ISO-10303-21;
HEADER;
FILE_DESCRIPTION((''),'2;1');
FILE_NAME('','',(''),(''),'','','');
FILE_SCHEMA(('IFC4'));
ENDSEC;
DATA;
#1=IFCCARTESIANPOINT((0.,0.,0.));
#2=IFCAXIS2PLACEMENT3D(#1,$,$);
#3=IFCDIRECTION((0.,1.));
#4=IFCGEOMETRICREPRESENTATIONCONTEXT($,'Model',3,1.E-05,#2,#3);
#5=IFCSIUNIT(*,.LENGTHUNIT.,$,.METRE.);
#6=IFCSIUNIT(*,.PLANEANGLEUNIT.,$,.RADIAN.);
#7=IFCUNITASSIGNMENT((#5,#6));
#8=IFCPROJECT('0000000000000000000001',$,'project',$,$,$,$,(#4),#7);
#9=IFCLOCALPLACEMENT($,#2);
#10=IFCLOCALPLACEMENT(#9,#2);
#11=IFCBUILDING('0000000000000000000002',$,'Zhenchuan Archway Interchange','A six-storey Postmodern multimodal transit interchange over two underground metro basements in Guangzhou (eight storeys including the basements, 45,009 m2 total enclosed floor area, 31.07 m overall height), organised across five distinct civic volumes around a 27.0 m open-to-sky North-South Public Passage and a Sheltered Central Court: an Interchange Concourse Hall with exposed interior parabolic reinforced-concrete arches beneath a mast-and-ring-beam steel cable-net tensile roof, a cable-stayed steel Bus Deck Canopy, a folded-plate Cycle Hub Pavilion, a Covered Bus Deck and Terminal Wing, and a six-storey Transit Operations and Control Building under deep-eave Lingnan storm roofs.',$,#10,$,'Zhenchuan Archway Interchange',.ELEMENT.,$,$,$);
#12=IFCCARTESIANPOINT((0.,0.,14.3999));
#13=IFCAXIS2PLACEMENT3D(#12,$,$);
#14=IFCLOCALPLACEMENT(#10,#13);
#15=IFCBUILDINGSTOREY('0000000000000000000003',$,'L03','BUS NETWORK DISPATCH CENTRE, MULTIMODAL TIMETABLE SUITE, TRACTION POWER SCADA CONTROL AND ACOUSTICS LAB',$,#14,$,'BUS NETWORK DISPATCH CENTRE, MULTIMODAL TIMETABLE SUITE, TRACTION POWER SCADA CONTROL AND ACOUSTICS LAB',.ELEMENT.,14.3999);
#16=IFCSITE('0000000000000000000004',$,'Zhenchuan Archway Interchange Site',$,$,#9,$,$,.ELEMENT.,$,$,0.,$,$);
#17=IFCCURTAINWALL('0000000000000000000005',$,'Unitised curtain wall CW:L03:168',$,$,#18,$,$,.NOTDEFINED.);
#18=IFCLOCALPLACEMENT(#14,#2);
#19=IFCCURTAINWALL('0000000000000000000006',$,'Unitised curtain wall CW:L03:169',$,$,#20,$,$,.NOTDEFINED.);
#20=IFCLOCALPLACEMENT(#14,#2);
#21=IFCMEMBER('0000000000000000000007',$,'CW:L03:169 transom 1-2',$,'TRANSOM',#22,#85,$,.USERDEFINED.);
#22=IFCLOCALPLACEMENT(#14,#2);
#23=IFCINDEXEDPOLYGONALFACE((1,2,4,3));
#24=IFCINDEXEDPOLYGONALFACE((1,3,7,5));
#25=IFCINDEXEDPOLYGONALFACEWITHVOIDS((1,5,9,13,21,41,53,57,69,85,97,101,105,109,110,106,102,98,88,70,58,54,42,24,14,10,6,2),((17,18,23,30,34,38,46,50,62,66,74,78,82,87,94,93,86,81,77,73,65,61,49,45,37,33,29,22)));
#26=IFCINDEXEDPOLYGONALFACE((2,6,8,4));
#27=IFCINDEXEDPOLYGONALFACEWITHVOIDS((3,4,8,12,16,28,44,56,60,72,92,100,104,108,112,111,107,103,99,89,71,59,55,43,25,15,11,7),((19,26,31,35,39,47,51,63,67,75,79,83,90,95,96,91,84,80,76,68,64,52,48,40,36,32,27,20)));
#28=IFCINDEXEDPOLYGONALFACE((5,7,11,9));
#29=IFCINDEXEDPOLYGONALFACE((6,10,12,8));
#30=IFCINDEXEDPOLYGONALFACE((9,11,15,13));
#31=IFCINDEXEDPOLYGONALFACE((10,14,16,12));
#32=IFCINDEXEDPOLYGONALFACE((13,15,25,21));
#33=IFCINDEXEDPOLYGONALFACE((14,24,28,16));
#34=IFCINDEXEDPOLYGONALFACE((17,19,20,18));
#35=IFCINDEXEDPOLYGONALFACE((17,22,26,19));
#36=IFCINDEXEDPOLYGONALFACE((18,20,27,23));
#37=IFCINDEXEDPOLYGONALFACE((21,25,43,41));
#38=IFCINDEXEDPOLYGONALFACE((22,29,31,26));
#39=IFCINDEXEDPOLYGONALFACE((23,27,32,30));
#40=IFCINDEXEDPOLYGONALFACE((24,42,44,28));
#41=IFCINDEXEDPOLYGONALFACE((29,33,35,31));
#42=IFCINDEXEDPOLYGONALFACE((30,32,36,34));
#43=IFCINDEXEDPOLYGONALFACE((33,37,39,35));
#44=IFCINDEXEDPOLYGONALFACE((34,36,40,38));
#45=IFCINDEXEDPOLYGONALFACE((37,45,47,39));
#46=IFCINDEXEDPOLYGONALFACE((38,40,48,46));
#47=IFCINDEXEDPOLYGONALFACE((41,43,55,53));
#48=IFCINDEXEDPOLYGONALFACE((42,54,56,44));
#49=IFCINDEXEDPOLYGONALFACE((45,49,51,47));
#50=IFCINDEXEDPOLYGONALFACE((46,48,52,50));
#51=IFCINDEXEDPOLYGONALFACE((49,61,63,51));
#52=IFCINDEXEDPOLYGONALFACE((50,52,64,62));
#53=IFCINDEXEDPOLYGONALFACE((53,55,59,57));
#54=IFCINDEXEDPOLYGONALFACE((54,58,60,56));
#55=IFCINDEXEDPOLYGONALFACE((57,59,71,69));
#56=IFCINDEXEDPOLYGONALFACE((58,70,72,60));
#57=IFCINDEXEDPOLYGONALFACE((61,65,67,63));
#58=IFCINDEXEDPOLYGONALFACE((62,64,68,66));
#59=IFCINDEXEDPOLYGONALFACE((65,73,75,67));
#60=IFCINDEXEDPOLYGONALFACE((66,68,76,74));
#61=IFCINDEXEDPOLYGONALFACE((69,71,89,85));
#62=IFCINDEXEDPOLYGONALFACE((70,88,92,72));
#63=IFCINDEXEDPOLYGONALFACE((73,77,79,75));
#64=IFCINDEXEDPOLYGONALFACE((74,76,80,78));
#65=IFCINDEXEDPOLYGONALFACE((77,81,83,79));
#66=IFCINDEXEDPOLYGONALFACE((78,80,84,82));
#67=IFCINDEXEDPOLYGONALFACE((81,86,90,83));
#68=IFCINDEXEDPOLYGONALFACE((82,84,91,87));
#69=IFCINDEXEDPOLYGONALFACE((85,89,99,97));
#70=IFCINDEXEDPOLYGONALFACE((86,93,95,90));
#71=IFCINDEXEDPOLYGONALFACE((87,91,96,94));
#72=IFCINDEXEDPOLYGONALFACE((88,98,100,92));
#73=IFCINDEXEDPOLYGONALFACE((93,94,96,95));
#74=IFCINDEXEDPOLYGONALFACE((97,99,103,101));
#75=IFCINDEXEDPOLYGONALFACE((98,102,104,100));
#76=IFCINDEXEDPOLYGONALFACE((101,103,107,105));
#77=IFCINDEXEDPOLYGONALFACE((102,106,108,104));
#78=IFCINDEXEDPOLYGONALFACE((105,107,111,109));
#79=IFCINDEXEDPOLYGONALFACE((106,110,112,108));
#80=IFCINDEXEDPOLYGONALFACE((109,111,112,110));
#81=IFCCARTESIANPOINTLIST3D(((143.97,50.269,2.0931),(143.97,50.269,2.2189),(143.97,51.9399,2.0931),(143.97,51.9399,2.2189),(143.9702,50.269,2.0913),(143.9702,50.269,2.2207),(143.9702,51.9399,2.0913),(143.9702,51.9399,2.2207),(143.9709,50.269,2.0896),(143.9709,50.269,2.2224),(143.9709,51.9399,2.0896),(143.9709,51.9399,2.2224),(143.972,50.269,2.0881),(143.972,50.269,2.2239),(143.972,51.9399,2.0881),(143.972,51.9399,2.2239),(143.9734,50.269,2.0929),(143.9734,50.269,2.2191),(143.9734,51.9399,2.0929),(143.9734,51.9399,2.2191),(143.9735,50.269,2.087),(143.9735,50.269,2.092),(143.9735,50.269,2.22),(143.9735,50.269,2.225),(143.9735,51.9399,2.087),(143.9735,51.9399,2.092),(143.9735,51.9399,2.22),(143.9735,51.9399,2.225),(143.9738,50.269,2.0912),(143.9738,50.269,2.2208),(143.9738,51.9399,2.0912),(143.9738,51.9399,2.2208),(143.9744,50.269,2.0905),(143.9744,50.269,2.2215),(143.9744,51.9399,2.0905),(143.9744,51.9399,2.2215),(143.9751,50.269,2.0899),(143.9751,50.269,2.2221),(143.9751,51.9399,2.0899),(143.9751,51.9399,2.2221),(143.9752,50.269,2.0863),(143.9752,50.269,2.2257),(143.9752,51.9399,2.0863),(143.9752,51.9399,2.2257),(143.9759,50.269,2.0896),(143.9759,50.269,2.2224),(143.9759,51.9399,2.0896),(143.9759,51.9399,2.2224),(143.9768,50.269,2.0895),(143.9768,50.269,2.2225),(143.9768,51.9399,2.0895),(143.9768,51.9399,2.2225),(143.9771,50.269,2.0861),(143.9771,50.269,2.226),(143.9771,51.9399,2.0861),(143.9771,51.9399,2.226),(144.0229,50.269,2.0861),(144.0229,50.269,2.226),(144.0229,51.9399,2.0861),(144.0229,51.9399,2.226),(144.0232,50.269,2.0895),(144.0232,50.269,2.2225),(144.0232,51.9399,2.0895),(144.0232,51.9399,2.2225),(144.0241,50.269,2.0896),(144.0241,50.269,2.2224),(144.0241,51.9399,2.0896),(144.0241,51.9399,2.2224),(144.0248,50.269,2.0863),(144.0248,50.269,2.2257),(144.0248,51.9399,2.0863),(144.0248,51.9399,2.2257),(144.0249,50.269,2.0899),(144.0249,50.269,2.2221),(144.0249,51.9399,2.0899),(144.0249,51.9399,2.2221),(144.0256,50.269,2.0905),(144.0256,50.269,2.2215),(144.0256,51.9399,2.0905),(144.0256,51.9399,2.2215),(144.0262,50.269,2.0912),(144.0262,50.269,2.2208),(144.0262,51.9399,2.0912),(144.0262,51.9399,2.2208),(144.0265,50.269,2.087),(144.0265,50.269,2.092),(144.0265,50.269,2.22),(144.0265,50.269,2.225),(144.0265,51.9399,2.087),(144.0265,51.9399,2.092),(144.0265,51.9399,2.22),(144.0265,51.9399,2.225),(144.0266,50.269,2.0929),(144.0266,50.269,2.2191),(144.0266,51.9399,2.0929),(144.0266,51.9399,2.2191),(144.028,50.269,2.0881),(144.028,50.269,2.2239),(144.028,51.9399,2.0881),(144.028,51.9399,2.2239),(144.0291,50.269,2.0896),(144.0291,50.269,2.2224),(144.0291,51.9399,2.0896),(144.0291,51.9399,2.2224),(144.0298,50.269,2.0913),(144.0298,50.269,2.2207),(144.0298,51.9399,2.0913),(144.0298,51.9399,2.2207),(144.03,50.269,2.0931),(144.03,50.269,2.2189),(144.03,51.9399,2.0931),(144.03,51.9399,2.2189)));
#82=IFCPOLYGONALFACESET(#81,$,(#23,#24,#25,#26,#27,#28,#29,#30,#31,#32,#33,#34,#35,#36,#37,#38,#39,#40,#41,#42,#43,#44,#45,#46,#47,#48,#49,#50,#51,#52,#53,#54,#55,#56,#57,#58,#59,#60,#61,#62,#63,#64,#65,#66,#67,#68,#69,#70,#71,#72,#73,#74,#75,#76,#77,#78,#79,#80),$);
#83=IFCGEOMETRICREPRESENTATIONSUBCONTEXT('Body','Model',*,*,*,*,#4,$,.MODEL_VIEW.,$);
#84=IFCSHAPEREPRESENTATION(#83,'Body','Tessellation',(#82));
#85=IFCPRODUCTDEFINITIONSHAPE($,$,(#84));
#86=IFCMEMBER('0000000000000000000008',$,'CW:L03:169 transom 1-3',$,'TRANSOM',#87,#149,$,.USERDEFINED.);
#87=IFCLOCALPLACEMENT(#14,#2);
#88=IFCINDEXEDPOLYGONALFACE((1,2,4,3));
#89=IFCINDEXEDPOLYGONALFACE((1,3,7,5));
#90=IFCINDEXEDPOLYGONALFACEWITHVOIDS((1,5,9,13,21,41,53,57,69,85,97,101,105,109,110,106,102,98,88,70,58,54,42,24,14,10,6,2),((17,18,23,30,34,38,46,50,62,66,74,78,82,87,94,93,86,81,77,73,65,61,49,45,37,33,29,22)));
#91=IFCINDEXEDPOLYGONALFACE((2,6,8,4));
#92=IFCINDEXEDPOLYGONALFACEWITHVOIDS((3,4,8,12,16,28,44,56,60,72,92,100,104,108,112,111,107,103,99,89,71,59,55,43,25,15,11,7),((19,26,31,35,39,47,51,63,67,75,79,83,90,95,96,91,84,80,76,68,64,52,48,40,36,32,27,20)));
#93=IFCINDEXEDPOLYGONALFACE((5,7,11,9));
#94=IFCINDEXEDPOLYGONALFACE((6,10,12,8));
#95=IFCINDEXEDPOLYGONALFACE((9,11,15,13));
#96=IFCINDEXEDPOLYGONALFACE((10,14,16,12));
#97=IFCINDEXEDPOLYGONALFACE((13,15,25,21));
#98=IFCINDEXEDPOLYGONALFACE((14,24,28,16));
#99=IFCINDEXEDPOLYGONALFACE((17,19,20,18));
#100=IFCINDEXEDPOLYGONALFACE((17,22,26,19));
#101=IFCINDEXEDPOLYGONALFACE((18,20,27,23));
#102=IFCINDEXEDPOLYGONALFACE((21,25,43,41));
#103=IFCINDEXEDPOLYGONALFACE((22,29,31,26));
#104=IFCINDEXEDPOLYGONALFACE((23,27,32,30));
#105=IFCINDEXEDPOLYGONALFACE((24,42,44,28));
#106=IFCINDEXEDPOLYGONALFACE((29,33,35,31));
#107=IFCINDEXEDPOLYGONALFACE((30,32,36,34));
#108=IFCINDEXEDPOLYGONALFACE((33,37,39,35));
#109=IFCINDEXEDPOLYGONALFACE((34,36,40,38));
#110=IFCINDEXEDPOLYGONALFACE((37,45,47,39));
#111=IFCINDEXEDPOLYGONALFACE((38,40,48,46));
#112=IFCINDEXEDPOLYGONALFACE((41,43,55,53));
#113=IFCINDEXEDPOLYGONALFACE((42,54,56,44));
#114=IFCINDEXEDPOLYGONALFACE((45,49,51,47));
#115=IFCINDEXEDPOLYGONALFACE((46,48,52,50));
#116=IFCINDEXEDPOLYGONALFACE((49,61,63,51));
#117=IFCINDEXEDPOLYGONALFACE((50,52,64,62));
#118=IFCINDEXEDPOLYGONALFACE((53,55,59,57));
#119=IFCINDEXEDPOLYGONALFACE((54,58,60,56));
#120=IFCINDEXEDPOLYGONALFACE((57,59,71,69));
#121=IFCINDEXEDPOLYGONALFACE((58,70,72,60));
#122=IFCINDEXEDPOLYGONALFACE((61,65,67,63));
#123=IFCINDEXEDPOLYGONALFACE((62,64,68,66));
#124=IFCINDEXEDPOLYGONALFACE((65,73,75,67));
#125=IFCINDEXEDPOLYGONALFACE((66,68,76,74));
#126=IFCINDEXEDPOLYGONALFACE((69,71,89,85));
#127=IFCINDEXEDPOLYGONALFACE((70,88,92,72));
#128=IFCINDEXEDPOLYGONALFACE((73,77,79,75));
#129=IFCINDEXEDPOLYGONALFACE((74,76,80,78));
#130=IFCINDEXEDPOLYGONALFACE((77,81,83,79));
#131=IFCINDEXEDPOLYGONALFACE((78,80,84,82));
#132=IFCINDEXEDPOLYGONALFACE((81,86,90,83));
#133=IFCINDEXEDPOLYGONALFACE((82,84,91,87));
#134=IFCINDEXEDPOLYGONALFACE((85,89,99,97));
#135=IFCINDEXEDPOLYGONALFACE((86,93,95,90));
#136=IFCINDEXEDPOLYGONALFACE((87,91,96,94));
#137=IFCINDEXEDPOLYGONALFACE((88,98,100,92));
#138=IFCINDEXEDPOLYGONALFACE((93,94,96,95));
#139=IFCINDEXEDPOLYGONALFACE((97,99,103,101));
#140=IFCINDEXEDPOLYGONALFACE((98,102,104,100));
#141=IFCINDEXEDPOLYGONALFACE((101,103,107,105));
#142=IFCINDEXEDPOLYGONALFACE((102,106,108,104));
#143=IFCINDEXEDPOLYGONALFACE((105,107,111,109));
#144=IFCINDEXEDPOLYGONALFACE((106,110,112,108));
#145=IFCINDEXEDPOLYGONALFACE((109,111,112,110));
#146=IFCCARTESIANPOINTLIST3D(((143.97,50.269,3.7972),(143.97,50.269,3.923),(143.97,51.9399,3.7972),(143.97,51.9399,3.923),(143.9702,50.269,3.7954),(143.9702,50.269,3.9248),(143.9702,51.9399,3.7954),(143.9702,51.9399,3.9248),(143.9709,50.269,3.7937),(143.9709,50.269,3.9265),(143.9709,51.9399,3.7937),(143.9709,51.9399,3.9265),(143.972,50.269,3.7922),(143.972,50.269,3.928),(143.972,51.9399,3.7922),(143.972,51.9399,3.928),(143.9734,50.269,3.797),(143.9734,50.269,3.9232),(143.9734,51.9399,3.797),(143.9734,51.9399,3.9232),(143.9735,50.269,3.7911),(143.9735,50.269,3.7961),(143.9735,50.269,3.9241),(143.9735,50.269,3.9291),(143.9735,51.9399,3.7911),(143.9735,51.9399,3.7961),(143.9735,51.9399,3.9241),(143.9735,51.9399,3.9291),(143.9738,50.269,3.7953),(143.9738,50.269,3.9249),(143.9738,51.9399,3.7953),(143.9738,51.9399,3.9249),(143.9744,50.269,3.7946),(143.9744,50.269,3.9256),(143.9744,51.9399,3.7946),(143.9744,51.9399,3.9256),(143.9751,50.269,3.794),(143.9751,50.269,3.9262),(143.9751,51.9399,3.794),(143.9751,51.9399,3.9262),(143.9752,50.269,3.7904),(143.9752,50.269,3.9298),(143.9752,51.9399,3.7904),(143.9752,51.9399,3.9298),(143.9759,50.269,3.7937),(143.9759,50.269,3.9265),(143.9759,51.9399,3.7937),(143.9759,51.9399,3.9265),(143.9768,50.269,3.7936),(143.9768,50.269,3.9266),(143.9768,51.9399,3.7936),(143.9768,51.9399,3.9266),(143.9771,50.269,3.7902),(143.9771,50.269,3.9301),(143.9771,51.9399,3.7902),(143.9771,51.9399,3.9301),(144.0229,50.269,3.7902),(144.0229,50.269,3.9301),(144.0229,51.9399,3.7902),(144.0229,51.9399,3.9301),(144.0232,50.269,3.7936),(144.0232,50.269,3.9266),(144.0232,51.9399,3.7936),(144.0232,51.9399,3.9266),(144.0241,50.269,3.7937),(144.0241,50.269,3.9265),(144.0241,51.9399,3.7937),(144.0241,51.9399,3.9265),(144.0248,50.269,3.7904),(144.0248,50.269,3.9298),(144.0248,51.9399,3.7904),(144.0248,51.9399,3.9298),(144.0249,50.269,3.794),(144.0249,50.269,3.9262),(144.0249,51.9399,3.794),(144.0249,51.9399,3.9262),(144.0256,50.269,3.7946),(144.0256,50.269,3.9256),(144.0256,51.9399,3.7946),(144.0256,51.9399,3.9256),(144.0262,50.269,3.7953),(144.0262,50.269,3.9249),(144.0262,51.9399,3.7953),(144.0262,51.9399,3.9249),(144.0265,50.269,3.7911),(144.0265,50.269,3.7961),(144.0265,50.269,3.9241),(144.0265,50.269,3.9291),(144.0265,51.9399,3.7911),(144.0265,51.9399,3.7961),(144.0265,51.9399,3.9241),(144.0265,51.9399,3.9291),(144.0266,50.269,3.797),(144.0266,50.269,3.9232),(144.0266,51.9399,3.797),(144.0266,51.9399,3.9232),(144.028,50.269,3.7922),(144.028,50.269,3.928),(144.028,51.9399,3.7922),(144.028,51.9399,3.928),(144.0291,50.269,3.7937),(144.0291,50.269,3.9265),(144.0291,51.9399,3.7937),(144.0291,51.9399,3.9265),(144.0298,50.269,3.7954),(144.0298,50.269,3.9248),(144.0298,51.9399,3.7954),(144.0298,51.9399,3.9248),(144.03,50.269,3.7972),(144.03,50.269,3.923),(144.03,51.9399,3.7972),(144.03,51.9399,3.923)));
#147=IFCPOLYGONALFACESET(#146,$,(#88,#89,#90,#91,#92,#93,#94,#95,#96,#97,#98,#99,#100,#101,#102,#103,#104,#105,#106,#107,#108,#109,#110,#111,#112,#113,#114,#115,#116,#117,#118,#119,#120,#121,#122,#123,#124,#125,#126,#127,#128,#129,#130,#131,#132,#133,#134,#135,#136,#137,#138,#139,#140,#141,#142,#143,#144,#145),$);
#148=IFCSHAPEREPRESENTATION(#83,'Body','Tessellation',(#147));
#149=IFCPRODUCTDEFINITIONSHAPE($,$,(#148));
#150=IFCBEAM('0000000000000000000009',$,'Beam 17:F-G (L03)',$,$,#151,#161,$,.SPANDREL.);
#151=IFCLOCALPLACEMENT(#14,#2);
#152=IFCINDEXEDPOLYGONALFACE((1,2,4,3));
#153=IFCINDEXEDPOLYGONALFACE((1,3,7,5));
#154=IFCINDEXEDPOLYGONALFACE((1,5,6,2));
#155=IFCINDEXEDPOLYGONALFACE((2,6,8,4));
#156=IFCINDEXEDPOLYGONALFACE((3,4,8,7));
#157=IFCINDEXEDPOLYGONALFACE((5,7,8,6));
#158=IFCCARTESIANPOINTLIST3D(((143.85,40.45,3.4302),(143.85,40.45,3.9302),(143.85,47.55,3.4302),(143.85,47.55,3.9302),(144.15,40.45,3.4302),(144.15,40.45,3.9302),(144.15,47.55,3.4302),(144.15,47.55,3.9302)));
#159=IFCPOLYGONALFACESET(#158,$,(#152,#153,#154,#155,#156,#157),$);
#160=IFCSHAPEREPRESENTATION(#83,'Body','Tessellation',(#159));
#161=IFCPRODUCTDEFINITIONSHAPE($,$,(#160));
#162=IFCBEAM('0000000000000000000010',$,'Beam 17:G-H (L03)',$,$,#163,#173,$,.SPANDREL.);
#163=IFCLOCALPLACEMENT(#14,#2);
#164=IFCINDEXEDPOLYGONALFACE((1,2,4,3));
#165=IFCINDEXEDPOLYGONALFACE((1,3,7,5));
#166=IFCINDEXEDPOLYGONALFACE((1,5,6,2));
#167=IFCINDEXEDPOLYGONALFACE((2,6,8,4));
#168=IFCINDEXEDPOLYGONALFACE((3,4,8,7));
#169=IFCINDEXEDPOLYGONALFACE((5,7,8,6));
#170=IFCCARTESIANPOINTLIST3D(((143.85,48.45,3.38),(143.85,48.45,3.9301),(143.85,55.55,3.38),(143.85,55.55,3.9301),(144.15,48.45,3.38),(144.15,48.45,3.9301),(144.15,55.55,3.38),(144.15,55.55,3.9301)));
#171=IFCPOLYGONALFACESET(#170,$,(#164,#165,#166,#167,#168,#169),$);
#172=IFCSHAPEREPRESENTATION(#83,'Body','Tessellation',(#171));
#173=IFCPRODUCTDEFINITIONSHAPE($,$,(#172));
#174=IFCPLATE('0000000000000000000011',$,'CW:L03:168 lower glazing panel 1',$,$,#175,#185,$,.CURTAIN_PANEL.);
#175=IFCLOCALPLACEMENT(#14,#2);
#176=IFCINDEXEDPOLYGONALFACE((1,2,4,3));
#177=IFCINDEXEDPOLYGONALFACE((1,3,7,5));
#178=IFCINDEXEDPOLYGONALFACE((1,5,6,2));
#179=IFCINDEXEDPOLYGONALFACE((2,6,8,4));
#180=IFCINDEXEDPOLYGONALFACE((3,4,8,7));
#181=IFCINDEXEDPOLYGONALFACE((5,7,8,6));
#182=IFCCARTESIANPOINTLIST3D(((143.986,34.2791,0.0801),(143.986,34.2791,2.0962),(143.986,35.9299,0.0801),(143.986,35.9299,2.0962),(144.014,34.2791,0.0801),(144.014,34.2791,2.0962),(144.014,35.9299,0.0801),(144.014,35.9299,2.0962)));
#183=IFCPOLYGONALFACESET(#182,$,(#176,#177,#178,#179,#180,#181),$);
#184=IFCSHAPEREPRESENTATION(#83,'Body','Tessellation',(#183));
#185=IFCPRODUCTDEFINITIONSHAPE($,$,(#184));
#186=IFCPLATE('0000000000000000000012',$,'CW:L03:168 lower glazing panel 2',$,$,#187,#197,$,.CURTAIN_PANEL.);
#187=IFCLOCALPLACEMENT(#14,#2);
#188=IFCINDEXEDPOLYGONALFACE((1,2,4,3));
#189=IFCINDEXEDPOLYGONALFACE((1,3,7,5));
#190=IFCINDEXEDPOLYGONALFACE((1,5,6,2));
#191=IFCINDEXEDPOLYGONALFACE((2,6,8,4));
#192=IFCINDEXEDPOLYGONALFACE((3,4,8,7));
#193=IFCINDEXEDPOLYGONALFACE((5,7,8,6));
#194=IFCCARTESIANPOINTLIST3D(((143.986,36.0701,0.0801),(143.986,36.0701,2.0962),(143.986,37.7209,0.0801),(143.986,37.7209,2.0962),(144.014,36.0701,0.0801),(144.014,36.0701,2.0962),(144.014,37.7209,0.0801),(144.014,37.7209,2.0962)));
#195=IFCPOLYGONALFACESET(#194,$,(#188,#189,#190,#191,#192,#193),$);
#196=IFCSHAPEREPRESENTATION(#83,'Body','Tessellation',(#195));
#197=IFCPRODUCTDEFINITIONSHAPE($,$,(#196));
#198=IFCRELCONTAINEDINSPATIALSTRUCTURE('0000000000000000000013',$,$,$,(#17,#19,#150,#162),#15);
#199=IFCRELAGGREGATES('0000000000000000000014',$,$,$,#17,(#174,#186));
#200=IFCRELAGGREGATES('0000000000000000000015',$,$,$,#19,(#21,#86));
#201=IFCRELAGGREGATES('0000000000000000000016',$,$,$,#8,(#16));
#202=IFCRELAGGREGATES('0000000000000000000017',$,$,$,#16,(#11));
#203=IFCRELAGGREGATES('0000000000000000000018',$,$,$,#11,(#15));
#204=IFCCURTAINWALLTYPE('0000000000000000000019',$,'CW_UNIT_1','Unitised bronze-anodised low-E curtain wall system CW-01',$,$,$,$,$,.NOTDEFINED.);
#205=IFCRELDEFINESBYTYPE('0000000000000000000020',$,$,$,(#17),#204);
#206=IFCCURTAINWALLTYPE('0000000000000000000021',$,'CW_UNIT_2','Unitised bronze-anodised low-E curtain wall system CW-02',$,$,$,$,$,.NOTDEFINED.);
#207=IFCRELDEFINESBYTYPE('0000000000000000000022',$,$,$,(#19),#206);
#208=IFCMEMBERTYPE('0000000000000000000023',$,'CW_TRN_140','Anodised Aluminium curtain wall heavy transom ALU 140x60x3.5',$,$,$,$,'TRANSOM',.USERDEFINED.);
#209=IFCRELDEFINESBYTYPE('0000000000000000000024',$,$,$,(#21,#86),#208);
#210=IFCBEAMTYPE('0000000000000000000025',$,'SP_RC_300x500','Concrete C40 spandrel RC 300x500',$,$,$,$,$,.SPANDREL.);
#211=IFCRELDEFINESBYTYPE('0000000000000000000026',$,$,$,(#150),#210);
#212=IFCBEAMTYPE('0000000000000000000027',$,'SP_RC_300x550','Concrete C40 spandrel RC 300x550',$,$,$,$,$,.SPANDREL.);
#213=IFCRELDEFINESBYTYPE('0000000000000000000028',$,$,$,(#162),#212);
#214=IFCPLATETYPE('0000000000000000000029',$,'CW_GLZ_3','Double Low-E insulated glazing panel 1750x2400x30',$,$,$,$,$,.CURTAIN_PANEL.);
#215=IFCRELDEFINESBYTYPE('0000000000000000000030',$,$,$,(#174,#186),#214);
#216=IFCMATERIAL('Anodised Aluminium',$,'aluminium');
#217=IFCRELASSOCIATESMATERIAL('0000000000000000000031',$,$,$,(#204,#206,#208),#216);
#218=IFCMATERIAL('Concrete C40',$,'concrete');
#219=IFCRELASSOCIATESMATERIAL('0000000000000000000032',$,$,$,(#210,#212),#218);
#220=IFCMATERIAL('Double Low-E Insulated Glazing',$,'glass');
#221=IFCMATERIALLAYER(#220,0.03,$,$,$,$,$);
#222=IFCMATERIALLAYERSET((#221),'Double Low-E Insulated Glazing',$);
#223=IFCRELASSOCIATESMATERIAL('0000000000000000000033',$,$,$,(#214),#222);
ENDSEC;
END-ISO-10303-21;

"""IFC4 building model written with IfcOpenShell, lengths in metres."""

from ifc_helpers import new_model, si_unit, direction, frame, origin, origin_2d, place, context, subcontext, project, spatial, rectangle, hollow_rectangle, extrude, material, layer, layer_set, material_profile, profile_set, type_object, element, aggregate, save


model = new_model("IFC4")

# Units and contexts
model_context = context("Model", 3, precision=1e-05, world=origin(), true_north=direction((0.0, 1.0)))
body_context = subcontext(model_context, "Body", "Model", "MODEL_VIEW")
ifc_project = project(units=[si_unit("LENGTHUNIT", "METRE"), si_unit("PLANEANGLEUNIT", "RADIAN")], contexts=[model_context])

# Site, building, storey
site_placement = place(None, origin())
site = spatial("IfcSite", under=ifc_project, at=site_placement, Name="Zhenchuan Archway Interchange Site", CompositionType="ELEMENT", RefElevation=0.0)
building_placement = place(site_placement, origin())
building = spatial("IfcBuilding", under=site, at=building_placement, Name="Zhenchuan Archway Interchange", Description="A six-storey Postmodern multimodal transit interchange over two underground metro basements in Guangzhou (eight storeys including the basements, 45,009 m2 total enclosed floor area, 31.07 m overall height), organised across five distinct civic volumes around a 27.0 m open-to-sky North-South Public Passage and a Sheltered Central Court: an Interchange Concourse Hall with exposed interior parabolic reinforced-concrete arches beneath a mast-and-ring-beam steel cable-net tensile roof, a cable-stayed steel Bus Deck Canopy, a folded-plate Cycle Hub Pavilion, a Covered Bus Deck and Terminal Wing, and a six-storey Transit Operations and Control Building under deep-eave Lingnan storm roofs.", LongName="Zhenchuan Archway Interchange", CompositionType="ELEMENT")
storey_placement = place(building_placement, frame((0.0, 0.0, 14.3999)))
storey = spatial("IfcBuildingStorey", under=building, at=storey_placement, Name="L03", Description="BUS NETWORK DISPATCH CENTRE, MULTIMODAL TIMETABLE SUITE, TRACTION POWER SCADA CONTROL AND ACOUSTICS LAB", LongName="BUS NETWORK DISPATCH CENTRE, MULTIMODAL TIMETABLE SUITE, TRACTION POWER SCADA CONTROL AND ACOUSTICS LAB", CompositionType="ELEMENT", Elevation=14.3999)

# Shared definitions
ifc_material_1 = material(Name="Concrete C40", Category="concrete")

# Curtain walls
ifc_material_2 = material(Name="Anodised Aluminium", Category="aluminium")
curtain_wall_type_1 = type_object("IfcCurtainWallType", Name="CW_UNIT_1", Description="Unitised bronze-anodised low-E curtain wall system CW-01", PredefinedType="NOTDEFINED", material=ifc_material_2)
curtain_wall_1_placement = place(storey_placement, origin())
curtain_wall_1 = element("IfcCurtainWall", 1, at=curtain_wall_1_placement, inside=storey, type_object=curtain_wall_type_1, Name="Unitised curtain wall CW:L03:168", PredefinedType="NOTDEFINED")
curtain_wall_type_2 = type_object("IfcCurtainWallType", Name="CW_UNIT_2", Description="Unitised bronze-anodised low-E curtain wall system CW-02", PredefinedType="NOTDEFINED", material=ifc_material_2)
curtain_wall_2_placement = place(storey_placement, origin())
curtain_wall_2 = element("IfcCurtainWall", 2, at=curtain_wall_2_placement, inside=storey, type_object=curtain_wall_type_2, Name="Unitised curtain wall CW:L03:169", PredefinedType="NOTDEFINED")

# Members
ifc_material_profile_1 = material_profile(ifc_material_2, hollow_rectangle(XDim=0.0601, YDim=0.1399, WallThickness=0.0034, InnerFilletRadius=0.0034, OuterFilletRadius=0.0071, at=origin_2d()), Name="ALU 140x60x3.5")
ifc_profile_set_1 = profile_set([ifc_material_profile_1], Name="Anodised Aluminium")
member_type_1 = type_object("IfcMemberType", Name="CW_TRN_140", Description="Anodised Aluminium curtain wall heavy transom ALU 140x60x3.5", ElementType="TRANSOM", PredefinedType="USERDEFINED", material=ifc_profile_set_1)
member_1_placement = place(storey_placement, frame((144.0, 50.269, 2.156), z_axis=(0.0, 1.0, 0.0), x_axis=(-1.0, 0.0, 0.0)))
member_1 = element("IfcMember", 3, at=member_1_placement, type_object=member_type_1, Name="CW:L03:169 transom 1-2", ObjectType="TRANSOM", PredefinedType="USERDEFINED", context=body_context, shape_type="SweptSolid", body=[
    extrude(hollow_rectangle(XDim=0.0601, YDim=0.1399, WallThickness=0.0034, InnerFilletRadius=0.0034, OuterFilletRadius=0.0071, at=origin_2d()), origin(), (0.0, 0.0, 1.0), 1.6709),
])
member_2_placement = place(storey_placement, frame((144.0, 50.269, 3.8601), z_axis=(0.0, 1.0, 0.0), x_axis=(-1.0, 0.0, 0.0)))
member_2 = element("IfcMember", 4, at=member_2_placement, type_object=member_type_1, Name="CW:L03:169 transom 1-3", ObjectType="TRANSOM", PredefinedType="USERDEFINED", context=body_context, shape_type="SweptSolid", body=[
    extrude(hollow_rectangle(XDim=0.0601, YDim=0.1399, WallThickness=0.0034, InnerFilletRadius=0.0034, OuterFilletRadius=0.0071, at=origin_2d()), origin(), (0.0, 0.0, 1.0), 1.6709),
])

# Beams
ifc_material_profile_2 = material_profile(ifc_material_1, rectangle(XDim=0.3, YDim=0.5, at=origin_2d()), Name="RC 300x500")
ifc_profile_set_2 = profile_set([ifc_material_profile_2], Name="Concrete C40")
beam_type_1 = type_object("IfcBeamType", Name="SP_RC_300x500", Description="Concrete C40 spandrel RC 300x500", PredefinedType="SPANDREL", material=ifc_profile_set_2)
beam_1_placement = place(storey_placement, frame((144.0, 40.45, 3.6802), z_axis=(0.0, 1.0, 0.0), x_axis=(-1.0, 0.0, 0.0)))
element("IfcBeam", 5, at=beam_1_placement, inside=storey, type_object=beam_type_1, Name="Beam 17:F-G (L03)", PredefinedType="SPANDREL", context=body_context, shape_type="SweptSolid", body=[
    extrude(rectangle(XDim=0.3, YDim=0.5, at=origin_2d()), origin(), (0.0, 0.0, 1.0), 7.1001),
])
ifc_material_profile_3 = material_profile(ifc_material_1, rectangle(XDim=0.3, YDim=0.55, at=origin_2d()), Name="RC 300x550")
ifc_profile_set_3 = profile_set([ifc_material_profile_3], Name="Concrete C40")
beam_type_2 = type_object("IfcBeamType", Name="SP_RC_300x550", Description="Concrete C40 spandrel RC 300x550", PredefinedType="SPANDREL", material=ifc_profile_set_3)
beam_2_placement = place(storey_placement, frame((144.0, 48.45, 3.655), z_axis=(0.0, 1.0, 0.0), x_axis=(-1.0, 0.0, 0.0)))
element("IfcBeam", 6, at=beam_2_placement, inside=storey, type_object=beam_type_2, Name="Beam 17:G-H (L03)", PredefinedType="SPANDREL", context=body_context, shape_type="SweptSolid", body=[
    extrude(rectangle(XDim=0.3, YDim=0.55, at=origin_2d()), origin(), (0.0, 0.0, 1.0), 7.1001),
])

# Plates
ifc_material_3 = material(Name="Double Low-E Insulated Glazing", Category="glass")
ifc_layer_1 = layer(ifc_material_3, 0.03)
ifc_layer_set_1 = layer_set([ifc_layer_1], Name="Double Low-E Insulated Glazing")
plate_type_1 = type_object("IfcPlateType", Name="CW_GLZ_3", Description="Double Low-E insulated glazing panel 1750x2400x30", PredefinedType="CURTAIN_PANEL", material=ifc_layer_set_1)
plate_1_placement = place(storey_placement, frame((144.0, 35.1045, 0.0801), z_axis=(0.0, 0.0, 1.0), x_axis=(0.0, 1.0, 0.0)))
plate_1 = element("IfcPlate", 7, at=plate_1_placement, type_object=plate_type_1, Name="CW:L03:168 lower glazing panel 1", PredefinedType="CURTAIN_PANEL", context=body_context, shape_type="SweptSolid", body=[
    extrude(rectangle(XDim=1.6509, YDim=0.0281, at=origin_2d()), origin(), (0.0, 0.0, 1.0), 2.0161),
])
plate_2_placement = place(storey_placement, frame((144.0, 36.8955, 0.0801), z_axis=(0.0, 0.0, 1.0), x_axis=(0.0, 1.0, 0.0)))
plate_2 = element("IfcPlate", 8, at=plate_2_placement, type_object=plate_type_1, Name="CW:L03:168 lower glazing panel 2", PredefinedType="CURTAIN_PANEL", context=body_context, shape_type="SweptSolid", body=[
    extrude(rectangle(XDim=1.6509, YDim=0.0281, at=origin_2d()), origin(), (0.0, 0.0, 1.0), 2.0161),
])
aggregate(curtain_wall_1, [plate_1, plate_2])
aggregate(curtain_wall_2, [member_1, member_2])

save(model, "model.ifc")
